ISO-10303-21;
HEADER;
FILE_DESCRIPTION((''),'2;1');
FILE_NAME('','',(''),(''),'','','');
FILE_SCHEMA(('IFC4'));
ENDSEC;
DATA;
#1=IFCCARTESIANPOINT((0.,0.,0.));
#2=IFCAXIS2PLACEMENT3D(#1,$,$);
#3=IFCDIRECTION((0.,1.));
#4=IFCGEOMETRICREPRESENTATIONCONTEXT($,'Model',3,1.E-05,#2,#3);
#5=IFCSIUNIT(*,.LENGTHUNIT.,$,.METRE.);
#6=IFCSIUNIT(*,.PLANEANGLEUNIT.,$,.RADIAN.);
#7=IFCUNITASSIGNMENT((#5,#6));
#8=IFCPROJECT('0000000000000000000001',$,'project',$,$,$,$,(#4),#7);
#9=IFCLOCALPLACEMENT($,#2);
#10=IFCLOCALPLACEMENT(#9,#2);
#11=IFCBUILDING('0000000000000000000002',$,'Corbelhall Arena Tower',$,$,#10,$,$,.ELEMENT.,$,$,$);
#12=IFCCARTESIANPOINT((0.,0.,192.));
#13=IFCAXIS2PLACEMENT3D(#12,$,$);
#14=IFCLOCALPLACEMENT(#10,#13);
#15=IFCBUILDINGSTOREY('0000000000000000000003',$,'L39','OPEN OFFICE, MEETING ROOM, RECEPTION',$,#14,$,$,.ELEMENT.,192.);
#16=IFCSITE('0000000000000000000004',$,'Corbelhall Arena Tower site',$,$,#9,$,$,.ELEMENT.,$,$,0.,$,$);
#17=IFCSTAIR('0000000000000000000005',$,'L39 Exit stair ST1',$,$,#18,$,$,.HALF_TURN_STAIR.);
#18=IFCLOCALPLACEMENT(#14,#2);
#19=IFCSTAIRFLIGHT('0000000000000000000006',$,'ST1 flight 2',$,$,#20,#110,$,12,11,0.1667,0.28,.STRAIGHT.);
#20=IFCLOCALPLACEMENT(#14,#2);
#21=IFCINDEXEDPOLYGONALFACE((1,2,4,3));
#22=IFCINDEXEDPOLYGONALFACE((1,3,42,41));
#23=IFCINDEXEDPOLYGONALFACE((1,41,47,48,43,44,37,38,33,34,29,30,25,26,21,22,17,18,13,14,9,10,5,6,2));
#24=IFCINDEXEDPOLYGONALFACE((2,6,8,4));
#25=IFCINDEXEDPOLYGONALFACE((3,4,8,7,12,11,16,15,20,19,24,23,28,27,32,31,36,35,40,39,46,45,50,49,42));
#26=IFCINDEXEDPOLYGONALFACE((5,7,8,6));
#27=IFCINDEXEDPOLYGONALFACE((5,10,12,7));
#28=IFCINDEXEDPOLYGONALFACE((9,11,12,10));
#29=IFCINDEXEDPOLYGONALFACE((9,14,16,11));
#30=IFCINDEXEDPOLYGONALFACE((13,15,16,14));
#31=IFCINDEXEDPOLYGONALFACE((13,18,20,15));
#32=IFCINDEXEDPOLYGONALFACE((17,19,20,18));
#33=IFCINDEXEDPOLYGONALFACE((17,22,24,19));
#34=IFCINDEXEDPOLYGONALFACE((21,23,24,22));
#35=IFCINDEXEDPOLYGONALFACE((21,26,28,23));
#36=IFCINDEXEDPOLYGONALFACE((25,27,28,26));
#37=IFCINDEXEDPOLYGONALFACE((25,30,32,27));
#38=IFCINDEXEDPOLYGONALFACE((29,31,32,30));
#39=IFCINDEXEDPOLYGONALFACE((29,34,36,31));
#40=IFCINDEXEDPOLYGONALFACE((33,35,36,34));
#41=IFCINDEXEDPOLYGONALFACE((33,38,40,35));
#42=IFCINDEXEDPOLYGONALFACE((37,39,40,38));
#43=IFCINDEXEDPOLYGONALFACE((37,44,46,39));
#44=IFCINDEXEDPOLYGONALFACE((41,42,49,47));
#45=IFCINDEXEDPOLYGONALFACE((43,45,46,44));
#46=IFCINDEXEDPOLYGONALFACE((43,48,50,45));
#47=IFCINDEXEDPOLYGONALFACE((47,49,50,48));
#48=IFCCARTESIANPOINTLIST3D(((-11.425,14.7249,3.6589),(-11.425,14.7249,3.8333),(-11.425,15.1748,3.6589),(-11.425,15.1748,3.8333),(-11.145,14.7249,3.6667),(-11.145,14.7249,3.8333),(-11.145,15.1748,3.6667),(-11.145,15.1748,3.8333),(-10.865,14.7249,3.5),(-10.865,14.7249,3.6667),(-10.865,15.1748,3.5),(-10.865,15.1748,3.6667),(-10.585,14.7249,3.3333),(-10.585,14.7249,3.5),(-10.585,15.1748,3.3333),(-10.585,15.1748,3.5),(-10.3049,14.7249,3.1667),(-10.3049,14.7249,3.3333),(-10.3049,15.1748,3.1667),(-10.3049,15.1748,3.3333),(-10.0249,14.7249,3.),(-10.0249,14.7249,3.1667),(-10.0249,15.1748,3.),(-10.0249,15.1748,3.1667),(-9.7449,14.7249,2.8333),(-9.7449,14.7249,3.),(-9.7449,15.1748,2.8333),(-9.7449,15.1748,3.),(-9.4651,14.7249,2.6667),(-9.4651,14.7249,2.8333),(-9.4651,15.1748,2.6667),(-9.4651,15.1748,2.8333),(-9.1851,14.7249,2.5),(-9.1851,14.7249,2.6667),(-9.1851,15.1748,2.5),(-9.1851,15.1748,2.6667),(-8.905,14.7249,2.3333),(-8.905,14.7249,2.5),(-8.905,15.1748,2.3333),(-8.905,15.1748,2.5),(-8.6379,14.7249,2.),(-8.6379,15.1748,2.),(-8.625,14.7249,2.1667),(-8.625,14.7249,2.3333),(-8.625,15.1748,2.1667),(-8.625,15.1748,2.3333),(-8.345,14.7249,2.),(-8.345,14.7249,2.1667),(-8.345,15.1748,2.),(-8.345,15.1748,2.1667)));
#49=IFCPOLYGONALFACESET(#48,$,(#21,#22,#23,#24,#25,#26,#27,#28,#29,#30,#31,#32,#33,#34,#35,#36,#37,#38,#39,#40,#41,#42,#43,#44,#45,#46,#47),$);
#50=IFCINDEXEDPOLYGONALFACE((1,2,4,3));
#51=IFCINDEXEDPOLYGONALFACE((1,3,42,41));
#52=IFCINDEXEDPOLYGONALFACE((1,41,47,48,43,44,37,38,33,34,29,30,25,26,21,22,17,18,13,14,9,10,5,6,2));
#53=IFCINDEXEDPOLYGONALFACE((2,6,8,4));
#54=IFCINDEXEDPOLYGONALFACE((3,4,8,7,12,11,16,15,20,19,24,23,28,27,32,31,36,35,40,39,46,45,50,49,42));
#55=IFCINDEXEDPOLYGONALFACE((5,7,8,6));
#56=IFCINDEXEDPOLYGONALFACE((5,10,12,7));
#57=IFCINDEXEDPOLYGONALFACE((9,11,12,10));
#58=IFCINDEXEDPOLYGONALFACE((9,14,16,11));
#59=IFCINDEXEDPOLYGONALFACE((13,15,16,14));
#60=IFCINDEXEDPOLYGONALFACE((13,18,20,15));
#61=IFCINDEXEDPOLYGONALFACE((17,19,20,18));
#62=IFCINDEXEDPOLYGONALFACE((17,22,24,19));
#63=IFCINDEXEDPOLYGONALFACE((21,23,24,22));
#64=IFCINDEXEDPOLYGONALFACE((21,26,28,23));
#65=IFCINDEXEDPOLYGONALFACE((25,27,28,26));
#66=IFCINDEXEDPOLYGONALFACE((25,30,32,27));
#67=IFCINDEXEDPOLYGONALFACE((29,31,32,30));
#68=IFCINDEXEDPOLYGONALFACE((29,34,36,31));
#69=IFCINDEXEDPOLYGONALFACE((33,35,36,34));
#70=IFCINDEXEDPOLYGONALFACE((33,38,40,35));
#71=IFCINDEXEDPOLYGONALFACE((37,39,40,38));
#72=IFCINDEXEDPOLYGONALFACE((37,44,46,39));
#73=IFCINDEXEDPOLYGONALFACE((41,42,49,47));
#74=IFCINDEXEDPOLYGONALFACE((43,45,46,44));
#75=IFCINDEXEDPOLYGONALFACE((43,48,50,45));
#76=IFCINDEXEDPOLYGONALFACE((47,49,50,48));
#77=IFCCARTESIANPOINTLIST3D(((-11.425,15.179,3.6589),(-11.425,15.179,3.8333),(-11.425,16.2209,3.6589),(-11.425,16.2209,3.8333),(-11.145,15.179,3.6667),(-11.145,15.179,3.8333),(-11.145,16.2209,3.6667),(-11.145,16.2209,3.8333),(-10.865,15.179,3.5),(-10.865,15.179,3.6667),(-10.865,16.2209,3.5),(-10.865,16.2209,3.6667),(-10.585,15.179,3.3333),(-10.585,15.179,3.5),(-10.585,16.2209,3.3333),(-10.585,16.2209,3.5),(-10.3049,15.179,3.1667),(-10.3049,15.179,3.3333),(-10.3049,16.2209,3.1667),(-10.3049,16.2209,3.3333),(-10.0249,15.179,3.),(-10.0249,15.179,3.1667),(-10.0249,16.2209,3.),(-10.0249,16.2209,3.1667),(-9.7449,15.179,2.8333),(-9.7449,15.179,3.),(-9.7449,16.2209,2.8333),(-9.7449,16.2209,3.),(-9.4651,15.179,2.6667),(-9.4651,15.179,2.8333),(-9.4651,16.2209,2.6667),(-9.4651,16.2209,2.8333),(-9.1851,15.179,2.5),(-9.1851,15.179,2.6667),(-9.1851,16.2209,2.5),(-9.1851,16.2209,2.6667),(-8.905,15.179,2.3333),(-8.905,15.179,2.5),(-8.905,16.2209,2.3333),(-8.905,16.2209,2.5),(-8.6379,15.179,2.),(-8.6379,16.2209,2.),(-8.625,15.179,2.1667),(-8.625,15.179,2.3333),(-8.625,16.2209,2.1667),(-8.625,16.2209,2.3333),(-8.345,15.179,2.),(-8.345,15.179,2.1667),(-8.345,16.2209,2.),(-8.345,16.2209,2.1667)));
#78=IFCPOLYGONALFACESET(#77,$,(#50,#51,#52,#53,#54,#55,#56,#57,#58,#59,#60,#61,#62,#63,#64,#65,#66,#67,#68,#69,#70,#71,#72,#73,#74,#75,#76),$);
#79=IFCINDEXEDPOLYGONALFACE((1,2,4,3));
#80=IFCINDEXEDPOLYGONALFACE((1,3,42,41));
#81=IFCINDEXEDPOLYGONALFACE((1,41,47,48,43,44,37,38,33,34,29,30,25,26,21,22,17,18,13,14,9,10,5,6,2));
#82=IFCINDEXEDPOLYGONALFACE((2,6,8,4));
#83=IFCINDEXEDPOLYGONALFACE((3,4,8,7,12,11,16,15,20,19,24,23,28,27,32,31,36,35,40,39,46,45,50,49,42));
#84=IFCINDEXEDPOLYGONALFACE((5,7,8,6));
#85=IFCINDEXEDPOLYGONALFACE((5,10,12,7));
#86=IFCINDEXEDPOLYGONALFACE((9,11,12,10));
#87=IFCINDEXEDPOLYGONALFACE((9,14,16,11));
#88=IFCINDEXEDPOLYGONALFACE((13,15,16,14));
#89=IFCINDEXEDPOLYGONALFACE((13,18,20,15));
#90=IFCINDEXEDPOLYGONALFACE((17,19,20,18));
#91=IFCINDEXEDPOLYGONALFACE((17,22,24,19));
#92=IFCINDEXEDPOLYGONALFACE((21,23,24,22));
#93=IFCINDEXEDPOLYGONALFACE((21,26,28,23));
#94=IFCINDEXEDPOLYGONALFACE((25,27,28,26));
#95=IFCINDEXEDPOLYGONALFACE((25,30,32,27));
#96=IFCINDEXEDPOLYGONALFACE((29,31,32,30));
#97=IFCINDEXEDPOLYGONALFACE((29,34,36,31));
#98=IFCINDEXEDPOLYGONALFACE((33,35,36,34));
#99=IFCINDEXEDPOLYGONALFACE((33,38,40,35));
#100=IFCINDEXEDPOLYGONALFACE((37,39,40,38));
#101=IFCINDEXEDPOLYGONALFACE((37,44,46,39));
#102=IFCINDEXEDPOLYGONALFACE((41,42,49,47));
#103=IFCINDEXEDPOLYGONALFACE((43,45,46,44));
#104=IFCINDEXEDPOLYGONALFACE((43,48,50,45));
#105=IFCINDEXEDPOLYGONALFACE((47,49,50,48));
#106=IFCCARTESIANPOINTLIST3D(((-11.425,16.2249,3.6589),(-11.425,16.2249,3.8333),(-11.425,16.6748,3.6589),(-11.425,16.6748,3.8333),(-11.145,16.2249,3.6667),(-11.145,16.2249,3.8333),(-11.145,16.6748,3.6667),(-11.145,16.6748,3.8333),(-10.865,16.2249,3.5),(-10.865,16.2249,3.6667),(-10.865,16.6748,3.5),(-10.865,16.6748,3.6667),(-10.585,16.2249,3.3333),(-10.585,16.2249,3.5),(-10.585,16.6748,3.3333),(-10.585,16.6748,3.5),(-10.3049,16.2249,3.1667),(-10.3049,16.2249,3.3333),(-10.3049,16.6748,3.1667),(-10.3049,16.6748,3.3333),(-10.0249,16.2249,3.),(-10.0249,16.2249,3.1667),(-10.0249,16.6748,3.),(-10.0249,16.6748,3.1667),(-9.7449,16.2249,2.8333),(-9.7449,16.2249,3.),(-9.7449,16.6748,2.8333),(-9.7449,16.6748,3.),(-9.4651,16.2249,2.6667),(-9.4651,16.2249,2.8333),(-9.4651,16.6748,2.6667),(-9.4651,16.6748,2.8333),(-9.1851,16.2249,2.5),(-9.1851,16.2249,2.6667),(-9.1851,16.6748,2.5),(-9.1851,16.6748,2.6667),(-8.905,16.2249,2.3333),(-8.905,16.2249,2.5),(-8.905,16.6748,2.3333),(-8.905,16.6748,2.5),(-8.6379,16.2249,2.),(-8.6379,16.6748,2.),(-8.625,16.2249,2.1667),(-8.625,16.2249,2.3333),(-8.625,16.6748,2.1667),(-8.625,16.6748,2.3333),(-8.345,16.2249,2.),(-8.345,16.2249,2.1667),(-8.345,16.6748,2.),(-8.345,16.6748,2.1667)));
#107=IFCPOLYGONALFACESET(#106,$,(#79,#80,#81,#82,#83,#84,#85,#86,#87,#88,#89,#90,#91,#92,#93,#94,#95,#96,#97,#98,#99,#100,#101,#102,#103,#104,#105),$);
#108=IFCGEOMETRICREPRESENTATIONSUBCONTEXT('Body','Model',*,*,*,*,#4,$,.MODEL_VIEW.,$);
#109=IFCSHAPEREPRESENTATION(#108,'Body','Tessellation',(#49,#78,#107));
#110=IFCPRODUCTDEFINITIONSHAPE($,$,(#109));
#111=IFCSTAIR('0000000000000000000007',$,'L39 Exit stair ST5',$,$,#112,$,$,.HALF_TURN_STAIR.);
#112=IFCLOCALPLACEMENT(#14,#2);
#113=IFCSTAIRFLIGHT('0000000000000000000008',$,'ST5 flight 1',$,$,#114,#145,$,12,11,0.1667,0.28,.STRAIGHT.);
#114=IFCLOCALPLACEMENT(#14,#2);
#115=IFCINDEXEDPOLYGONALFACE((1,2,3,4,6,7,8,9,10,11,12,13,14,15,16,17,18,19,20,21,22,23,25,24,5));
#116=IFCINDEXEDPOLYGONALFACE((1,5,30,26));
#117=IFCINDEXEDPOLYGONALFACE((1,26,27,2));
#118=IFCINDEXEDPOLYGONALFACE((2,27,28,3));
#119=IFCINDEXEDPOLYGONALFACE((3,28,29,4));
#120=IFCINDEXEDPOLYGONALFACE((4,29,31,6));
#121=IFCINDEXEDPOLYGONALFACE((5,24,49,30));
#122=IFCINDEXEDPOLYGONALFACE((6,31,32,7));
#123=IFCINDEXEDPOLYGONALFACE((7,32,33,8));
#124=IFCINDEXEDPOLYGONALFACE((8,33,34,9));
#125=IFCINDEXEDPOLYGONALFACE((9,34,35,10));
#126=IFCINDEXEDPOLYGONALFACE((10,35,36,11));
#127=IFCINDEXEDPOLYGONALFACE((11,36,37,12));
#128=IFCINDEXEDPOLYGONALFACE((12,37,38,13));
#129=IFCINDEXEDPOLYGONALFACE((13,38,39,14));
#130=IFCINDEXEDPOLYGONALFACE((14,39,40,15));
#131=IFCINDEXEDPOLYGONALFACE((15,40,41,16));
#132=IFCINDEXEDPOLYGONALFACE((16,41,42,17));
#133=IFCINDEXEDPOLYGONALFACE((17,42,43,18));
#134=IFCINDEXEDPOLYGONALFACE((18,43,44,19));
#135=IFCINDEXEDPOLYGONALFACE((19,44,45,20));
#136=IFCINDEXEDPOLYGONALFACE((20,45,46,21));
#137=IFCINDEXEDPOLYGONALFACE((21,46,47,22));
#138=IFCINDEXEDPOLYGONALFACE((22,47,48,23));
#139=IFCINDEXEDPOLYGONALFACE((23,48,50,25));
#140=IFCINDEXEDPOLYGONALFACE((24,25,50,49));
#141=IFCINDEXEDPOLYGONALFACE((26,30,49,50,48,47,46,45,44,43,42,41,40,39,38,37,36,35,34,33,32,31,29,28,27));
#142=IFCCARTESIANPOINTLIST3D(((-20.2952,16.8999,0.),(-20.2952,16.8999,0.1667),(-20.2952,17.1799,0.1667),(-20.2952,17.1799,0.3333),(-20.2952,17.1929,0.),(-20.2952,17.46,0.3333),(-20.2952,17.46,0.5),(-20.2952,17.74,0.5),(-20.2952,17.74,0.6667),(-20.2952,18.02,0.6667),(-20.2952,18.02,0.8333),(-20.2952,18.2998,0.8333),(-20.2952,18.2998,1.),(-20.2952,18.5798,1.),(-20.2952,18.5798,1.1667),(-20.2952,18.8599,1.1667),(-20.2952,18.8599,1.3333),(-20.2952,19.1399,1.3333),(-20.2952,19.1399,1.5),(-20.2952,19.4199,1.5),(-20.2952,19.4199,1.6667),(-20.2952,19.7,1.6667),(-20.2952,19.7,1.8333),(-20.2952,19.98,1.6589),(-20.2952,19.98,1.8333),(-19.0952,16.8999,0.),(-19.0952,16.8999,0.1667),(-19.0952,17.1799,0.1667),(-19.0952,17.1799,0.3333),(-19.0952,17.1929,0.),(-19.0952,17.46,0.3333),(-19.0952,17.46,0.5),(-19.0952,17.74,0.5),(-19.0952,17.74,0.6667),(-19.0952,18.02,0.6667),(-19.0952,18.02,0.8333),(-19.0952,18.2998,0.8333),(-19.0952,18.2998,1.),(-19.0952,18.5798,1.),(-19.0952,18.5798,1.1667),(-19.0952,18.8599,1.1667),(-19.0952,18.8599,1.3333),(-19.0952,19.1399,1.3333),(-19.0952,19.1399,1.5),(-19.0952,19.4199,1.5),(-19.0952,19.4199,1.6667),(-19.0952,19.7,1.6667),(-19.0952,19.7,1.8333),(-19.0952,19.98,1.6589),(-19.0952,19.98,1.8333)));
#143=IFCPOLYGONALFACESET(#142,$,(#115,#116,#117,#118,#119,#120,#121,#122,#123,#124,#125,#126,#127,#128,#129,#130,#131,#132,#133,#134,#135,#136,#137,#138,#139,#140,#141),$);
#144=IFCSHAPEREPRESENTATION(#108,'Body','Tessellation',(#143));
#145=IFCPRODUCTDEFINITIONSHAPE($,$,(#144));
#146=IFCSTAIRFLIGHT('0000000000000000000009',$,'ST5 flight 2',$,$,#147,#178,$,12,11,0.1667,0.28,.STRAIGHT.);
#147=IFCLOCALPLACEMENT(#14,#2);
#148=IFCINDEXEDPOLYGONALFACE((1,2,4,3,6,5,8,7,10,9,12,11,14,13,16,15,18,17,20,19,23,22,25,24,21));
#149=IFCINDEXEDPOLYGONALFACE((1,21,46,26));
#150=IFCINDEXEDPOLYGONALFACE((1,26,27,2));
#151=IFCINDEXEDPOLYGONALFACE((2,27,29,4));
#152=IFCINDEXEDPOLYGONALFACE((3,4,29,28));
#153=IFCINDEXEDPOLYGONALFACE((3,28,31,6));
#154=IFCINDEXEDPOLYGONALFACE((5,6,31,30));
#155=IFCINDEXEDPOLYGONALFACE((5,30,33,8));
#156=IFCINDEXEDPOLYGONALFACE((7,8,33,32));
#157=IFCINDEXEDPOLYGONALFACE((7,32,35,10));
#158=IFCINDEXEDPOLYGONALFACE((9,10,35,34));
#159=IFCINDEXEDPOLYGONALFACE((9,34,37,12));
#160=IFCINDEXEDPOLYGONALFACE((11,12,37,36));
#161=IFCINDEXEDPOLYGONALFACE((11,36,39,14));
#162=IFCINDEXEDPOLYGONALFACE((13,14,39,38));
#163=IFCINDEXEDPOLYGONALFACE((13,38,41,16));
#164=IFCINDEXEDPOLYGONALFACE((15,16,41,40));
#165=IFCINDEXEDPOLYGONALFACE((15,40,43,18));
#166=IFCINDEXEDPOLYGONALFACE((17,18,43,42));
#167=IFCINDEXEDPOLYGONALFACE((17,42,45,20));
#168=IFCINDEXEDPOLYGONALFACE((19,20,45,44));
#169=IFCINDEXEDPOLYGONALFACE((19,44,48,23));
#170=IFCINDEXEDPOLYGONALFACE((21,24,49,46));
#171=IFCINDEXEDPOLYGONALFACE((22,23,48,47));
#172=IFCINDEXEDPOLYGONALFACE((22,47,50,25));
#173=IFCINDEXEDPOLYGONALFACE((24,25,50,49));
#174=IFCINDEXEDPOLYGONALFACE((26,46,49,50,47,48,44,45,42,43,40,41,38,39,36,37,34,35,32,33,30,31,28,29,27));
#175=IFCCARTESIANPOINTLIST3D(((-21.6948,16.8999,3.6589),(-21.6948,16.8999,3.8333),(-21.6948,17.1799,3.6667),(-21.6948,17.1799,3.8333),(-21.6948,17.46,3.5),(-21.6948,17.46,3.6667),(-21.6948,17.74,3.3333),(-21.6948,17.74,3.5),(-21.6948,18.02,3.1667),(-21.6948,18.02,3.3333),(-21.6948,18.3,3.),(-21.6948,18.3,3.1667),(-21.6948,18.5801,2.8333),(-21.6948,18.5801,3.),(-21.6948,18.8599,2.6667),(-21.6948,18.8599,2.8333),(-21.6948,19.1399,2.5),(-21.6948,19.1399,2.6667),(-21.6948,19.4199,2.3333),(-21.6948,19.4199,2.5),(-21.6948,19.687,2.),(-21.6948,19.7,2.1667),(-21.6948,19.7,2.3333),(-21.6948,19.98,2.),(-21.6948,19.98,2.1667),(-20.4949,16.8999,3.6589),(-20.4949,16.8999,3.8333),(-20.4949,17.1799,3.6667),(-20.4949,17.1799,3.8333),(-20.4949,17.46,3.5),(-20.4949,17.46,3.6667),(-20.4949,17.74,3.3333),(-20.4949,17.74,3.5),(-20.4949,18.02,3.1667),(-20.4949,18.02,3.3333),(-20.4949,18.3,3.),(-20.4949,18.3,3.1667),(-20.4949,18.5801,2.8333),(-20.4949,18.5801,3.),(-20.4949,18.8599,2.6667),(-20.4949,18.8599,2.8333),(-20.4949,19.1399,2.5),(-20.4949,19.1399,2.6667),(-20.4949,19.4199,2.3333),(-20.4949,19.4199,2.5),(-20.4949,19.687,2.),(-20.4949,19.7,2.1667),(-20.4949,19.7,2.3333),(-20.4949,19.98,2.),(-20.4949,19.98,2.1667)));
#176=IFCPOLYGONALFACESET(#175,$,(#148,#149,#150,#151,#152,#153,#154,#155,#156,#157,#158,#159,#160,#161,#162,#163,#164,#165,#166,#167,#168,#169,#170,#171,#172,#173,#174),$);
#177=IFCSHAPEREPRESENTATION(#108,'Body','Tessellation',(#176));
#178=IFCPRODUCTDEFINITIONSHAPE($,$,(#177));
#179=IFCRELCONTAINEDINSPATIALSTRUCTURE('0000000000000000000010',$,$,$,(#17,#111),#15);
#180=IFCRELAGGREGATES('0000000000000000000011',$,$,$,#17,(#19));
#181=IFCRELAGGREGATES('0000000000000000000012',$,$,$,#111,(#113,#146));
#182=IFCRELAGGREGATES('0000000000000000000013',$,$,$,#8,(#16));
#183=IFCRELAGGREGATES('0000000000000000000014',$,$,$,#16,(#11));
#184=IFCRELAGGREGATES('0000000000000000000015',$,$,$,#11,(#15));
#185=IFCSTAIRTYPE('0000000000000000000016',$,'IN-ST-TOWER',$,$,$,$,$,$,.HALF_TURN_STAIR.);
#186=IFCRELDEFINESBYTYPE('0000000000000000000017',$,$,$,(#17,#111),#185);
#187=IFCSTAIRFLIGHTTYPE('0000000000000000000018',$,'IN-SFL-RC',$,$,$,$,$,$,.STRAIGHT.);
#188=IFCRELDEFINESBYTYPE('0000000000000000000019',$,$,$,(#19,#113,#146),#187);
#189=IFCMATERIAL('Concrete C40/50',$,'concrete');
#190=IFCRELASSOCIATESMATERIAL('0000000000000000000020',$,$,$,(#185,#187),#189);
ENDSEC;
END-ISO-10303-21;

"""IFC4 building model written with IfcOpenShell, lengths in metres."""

from ifc_helpers import new_model, si_unit, direction, frame, origin, place, context, subcontext, project, spatial, polyline, outline, extrude, material, type_object, element, aggregate, save


model = new_model("IFC4")

# Units and contexts
model_context = context("Model", 3, precision=1e-05, world=origin(), true_north=direction((0.0, 1.0)))
body_context = subcontext(model_context, "Body", "Model", "MODEL_VIEW")
ifc_project = project(units=[si_unit("LENGTHUNIT", "METRE"), si_unit("PLANEANGLEUNIT", "RADIAN")], contexts=[model_context])

# Site, building, storey
site_placement = place(None, origin())
site = spatial("IfcSite", under=ifc_project, at=site_placement, Name="Corbelhall Arena Tower site", CompositionType="ELEMENT", RefElevation=0.0)
building_placement = place(site_placement, origin())
building = spatial("IfcBuilding", under=site, at=building_placement, Name="Corbelhall Arena Tower", CompositionType="ELEMENT")
storey_placement = place(building_placement, frame((0.0, 0.0, 192.0)))
storey = spatial("IfcBuildingStorey", under=building, at=storey_placement, Name="L39", Description="OPEN OFFICE, MEETING ROOM, RECEPTION", CompositionType="ELEMENT", Elevation=192.0)

# Shared definitions
ifc_material_1 = material(Name="Concrete C40/50", Category="concrete")

# Stair, stair flight
stair_type = type_object("IfcStairType", Name="IN-ST-TOWER", PredefinedType="HALF_TURN_STAIR", material=ifc_material_1)
stair_1_placement = place(storey_placement, origin())
stair_1 = element("IfcStair", 1, at=stair_1_placement, inside=storey, type_object=stair_type, Name="L39 Exit stair ST1", PredefinedType="HALF_TURN_STAIR")
stair_flight_type = type_object("IfcStairFlightType", Name="IN-SFL-RC", PredefinedType="STRAIGHT", material=ifc_material_1)
stair_flight_1_placement = place(storey_placement, frame((-8.345, 15.7, 2.0), z_axis=(0.0, 0.0, 1.0), x_axis=(-1.0, 0.0, 0.0)))
stair_flight_1 = element("IfcStairFlight", 2, at=stair_flight_1_placement, type_object=stair_flight_type, Name="ST1 flight 2", NumberOfRisers=12, NumberOfTreads=11, PredefinedType="STRAIGHT", RiserHeight=0.1667, TreadLength=0.28, context=body_context, shape_type="SweptSolid", body=[
    extrude(outline(polyline([(0.0, 0.0), (0.0, 0.1667), (0.28, 0.1667), (0.28, 0.3333), (0.5601, 0.3333), (0.5601, 0.5), (0.8401, 0.5), (0.8401, 0.6667), (1.1201, 0.6667), (1.1201, 0.8333), (1.3999, 0.8333), (1.3999, 1.0), (1.6799, 1.0), (1.6799, 1.1667), (1.96, 1.1667), (1.96, 1.3333), (2.24, 1.3333), (2.24, 1.5), (2.52, 1.5), (2.52, 1.6667), (2.8, 1.6667), (2.8, 1.8333), (3.0801, 1.8333), (3.0801, 2.0), (3.0801, 1.6589), (0.293, 0.0), (0.0, 0.0)])), frame((0.0, 0.9751, 0.0), z_axis=(0.0, -1.0, 0.0), x_axis=(1.0, 0.0, 0.0)), (0.0, 0.0, 1.0), 0.45),
    extrude(outline(polyline([(0.0, 0.0), (0.0, 0.1667), (0.28, 0.1667), (0.28, 0.3333), (0.5601, 0.3333), (0.5601, 0.5), (0.8401, 0.5), (0.8401, 0.6667), (1.1201, 0.6667), (1.1201, 0.8333), (1.3999, 0.8333), (1.3999, 1.0), (1.6799, 1.0), (1.6799, 1.1667), (1.96, 1.1667), (1.96, 1.3333), (2.24, 1.3333), (2.24, 1.5), (2.52, 1.5), (2.52, 1.6667), (2.8, 1.6667), (2.8, 1.8333), (3.0801, 1.8333), (3.0801, 2.0), (3.0801, 1.6589), (0.293, 0.0), (0.0, 0.0)])), frame((0.0, 0.521, 0.0), z_axis=(0.0, -1.0, 0.0), x_axis=(1.0, 0.0, 0.0)), (0.0, 0.0, 1.0), 1.042),
    extrude(outline(polyline([(0.0, 0.0), (0.0, 0.1667), (0.28, 0.1667), (0.28, 0.3333), (0.5601, 0.3333), (0.5601, 0.5), (0.8401, 0.5), (0.8401, 0.6667), (1.1201, 0.6667), (1.1201, 0.8333), (1.3999, 0.8333), (1.3999, 1.0), (1.6799, 1.0), (1.6799, 1.1667), (1.96, 1.1667), (1.96, 1.3333), (2.24, 1.3333), (2.24, 1.5), (2.52, 1.5), (2.52, 1.6667), (2.8, 1.6667), (2.8, 1.8333), (3.0801, 1.8333), (3.0801, 2.0), (3.0801, 1.6589), (0.293, 0.0), (0.0, 0.0)])), frame((0.0, -0.5249, 0.0), z_axis=(0.0, -1.0, 0.0), x_axis=(1.0, 0.0, 0.0)), (0.0, 0.0, 1.0), 0.45),
])
aggregate(stair_1, [stair_flight_1])

# Stair, stair flights
stair_2_placement = place(storey_placement, origin())
stair_2 = element("IfcStair", 3, at=stair_2_placement, inside=storey, type_object=stair_type, Name="L39 Exit stair ST5", PredefinedType="HALF_TURN_STAIR")
stair_flight_2_placement = place(storey_placement, frame((-19.6951, 16.8999, 0.0), z_axis=(0.0, 0.0, 1.0), x_axis=(0.0, 1.0, 0.0)))
stair_flight_2 = element("IfcStairFlight", 4, at=stair_flight_2_placement, type_object=stair_flight_type, Name="ST5 flight 1", NumberOfRisers=12, NumberOfTreads=11, PredefinedType="STRAIGHT", RiserHeight=0.1667, TreadLength=0.28, context=body_context, shape_type="SweptSolid", body=[
    extrude(outline(polyline([(0.0, 0.0), (0.0, 0.1667), (0.28, 0.1667), (0.28, 0.3333), (0.5601, 0.3333), (0.5601, 0.5), (0.8401, 0.5), (0.8401, 0.6667), (1.1201, 0.6667), (1.1201, 0.8333), (1.3999, 0.8333), (1.3999, 1.0), (1.6799, 1.0), (1.6799, 1.1667), (1.96, 1.1667), (1.96, 1.3333), (2.24, 1.3333), (2.24, 1.5), (2.52, 1.5), (2.52, 1.6667), (2.8, 1.6667), (2.8, 1.8333), (3.0801, 1.8333), (3.0801, 2.0), (3.0801, 1.6589), (0.293, 0.0), (0.0, 0.0)])), frame((0.0, 0.6001, 0.0), z_axis=(0.0, -1.0, 0.0), x_axis=(1.0, 0.0, 0.0)), (0.0, 0.0, 1.0), 1.2),
])
stair_flight_3_placement = place(storey_placement, frame((-21.095, 19.98, 2.0), z_axis=(0.0, 0.0, 1.0), x_axis=(0.0, -1.0, 0.0)))
stair_flight_3 = element("IfcStairFlight", 5, at=stair_flight_3_placement, type_object=stair_flight_type, Name="ST5 flight 2", NumberOfRisers=12, NumberOfTreads=11, PredefinedType="STRAIGHT", RiserHeight=0.1667, TreadLength=0.28, context=body_context, shape_type="SweptSolid", body=[
    extrude(outline(polyline([(0.0, 0.0), (0.0, 0.1667), (0.28, 0.1667), (0.28, 0.3333), (0.5601, 0.3333), (0.5601, 0.5), (0.8401, 0.5), (0.8401, 0.6667), (1.1201, 0.6667), (1.1201, 0.8333), (1.3999, 0.8333), (1.3999, 1.0), (1.6799, 1.0), (1.6799, 1.1667), (1.96, 1.1667), (1.96, 1.3333), (2.24, 1.3333), (2.24, 1.5), (2.52, 1.5), (2.52, 1.6667), (2.8, 1.6667), (2.8, 1.8333), (3.0801, 1.8333), (3.0801, 2.0), (3.0801, 1.6589), (0.293, 0.0), (0.0, 0.0)])), frame((0.0, 0.6001, 0.0), z_axis=(0.0, -1.0, 0.0), x_axis=(1.0, 0.0, 0.0)), (0.0, 0.0, 1.0), 1.2),
])
aggregate(stair_2, [stair_flight_2, stair_flight_3])

save(model, "model.ifc")
